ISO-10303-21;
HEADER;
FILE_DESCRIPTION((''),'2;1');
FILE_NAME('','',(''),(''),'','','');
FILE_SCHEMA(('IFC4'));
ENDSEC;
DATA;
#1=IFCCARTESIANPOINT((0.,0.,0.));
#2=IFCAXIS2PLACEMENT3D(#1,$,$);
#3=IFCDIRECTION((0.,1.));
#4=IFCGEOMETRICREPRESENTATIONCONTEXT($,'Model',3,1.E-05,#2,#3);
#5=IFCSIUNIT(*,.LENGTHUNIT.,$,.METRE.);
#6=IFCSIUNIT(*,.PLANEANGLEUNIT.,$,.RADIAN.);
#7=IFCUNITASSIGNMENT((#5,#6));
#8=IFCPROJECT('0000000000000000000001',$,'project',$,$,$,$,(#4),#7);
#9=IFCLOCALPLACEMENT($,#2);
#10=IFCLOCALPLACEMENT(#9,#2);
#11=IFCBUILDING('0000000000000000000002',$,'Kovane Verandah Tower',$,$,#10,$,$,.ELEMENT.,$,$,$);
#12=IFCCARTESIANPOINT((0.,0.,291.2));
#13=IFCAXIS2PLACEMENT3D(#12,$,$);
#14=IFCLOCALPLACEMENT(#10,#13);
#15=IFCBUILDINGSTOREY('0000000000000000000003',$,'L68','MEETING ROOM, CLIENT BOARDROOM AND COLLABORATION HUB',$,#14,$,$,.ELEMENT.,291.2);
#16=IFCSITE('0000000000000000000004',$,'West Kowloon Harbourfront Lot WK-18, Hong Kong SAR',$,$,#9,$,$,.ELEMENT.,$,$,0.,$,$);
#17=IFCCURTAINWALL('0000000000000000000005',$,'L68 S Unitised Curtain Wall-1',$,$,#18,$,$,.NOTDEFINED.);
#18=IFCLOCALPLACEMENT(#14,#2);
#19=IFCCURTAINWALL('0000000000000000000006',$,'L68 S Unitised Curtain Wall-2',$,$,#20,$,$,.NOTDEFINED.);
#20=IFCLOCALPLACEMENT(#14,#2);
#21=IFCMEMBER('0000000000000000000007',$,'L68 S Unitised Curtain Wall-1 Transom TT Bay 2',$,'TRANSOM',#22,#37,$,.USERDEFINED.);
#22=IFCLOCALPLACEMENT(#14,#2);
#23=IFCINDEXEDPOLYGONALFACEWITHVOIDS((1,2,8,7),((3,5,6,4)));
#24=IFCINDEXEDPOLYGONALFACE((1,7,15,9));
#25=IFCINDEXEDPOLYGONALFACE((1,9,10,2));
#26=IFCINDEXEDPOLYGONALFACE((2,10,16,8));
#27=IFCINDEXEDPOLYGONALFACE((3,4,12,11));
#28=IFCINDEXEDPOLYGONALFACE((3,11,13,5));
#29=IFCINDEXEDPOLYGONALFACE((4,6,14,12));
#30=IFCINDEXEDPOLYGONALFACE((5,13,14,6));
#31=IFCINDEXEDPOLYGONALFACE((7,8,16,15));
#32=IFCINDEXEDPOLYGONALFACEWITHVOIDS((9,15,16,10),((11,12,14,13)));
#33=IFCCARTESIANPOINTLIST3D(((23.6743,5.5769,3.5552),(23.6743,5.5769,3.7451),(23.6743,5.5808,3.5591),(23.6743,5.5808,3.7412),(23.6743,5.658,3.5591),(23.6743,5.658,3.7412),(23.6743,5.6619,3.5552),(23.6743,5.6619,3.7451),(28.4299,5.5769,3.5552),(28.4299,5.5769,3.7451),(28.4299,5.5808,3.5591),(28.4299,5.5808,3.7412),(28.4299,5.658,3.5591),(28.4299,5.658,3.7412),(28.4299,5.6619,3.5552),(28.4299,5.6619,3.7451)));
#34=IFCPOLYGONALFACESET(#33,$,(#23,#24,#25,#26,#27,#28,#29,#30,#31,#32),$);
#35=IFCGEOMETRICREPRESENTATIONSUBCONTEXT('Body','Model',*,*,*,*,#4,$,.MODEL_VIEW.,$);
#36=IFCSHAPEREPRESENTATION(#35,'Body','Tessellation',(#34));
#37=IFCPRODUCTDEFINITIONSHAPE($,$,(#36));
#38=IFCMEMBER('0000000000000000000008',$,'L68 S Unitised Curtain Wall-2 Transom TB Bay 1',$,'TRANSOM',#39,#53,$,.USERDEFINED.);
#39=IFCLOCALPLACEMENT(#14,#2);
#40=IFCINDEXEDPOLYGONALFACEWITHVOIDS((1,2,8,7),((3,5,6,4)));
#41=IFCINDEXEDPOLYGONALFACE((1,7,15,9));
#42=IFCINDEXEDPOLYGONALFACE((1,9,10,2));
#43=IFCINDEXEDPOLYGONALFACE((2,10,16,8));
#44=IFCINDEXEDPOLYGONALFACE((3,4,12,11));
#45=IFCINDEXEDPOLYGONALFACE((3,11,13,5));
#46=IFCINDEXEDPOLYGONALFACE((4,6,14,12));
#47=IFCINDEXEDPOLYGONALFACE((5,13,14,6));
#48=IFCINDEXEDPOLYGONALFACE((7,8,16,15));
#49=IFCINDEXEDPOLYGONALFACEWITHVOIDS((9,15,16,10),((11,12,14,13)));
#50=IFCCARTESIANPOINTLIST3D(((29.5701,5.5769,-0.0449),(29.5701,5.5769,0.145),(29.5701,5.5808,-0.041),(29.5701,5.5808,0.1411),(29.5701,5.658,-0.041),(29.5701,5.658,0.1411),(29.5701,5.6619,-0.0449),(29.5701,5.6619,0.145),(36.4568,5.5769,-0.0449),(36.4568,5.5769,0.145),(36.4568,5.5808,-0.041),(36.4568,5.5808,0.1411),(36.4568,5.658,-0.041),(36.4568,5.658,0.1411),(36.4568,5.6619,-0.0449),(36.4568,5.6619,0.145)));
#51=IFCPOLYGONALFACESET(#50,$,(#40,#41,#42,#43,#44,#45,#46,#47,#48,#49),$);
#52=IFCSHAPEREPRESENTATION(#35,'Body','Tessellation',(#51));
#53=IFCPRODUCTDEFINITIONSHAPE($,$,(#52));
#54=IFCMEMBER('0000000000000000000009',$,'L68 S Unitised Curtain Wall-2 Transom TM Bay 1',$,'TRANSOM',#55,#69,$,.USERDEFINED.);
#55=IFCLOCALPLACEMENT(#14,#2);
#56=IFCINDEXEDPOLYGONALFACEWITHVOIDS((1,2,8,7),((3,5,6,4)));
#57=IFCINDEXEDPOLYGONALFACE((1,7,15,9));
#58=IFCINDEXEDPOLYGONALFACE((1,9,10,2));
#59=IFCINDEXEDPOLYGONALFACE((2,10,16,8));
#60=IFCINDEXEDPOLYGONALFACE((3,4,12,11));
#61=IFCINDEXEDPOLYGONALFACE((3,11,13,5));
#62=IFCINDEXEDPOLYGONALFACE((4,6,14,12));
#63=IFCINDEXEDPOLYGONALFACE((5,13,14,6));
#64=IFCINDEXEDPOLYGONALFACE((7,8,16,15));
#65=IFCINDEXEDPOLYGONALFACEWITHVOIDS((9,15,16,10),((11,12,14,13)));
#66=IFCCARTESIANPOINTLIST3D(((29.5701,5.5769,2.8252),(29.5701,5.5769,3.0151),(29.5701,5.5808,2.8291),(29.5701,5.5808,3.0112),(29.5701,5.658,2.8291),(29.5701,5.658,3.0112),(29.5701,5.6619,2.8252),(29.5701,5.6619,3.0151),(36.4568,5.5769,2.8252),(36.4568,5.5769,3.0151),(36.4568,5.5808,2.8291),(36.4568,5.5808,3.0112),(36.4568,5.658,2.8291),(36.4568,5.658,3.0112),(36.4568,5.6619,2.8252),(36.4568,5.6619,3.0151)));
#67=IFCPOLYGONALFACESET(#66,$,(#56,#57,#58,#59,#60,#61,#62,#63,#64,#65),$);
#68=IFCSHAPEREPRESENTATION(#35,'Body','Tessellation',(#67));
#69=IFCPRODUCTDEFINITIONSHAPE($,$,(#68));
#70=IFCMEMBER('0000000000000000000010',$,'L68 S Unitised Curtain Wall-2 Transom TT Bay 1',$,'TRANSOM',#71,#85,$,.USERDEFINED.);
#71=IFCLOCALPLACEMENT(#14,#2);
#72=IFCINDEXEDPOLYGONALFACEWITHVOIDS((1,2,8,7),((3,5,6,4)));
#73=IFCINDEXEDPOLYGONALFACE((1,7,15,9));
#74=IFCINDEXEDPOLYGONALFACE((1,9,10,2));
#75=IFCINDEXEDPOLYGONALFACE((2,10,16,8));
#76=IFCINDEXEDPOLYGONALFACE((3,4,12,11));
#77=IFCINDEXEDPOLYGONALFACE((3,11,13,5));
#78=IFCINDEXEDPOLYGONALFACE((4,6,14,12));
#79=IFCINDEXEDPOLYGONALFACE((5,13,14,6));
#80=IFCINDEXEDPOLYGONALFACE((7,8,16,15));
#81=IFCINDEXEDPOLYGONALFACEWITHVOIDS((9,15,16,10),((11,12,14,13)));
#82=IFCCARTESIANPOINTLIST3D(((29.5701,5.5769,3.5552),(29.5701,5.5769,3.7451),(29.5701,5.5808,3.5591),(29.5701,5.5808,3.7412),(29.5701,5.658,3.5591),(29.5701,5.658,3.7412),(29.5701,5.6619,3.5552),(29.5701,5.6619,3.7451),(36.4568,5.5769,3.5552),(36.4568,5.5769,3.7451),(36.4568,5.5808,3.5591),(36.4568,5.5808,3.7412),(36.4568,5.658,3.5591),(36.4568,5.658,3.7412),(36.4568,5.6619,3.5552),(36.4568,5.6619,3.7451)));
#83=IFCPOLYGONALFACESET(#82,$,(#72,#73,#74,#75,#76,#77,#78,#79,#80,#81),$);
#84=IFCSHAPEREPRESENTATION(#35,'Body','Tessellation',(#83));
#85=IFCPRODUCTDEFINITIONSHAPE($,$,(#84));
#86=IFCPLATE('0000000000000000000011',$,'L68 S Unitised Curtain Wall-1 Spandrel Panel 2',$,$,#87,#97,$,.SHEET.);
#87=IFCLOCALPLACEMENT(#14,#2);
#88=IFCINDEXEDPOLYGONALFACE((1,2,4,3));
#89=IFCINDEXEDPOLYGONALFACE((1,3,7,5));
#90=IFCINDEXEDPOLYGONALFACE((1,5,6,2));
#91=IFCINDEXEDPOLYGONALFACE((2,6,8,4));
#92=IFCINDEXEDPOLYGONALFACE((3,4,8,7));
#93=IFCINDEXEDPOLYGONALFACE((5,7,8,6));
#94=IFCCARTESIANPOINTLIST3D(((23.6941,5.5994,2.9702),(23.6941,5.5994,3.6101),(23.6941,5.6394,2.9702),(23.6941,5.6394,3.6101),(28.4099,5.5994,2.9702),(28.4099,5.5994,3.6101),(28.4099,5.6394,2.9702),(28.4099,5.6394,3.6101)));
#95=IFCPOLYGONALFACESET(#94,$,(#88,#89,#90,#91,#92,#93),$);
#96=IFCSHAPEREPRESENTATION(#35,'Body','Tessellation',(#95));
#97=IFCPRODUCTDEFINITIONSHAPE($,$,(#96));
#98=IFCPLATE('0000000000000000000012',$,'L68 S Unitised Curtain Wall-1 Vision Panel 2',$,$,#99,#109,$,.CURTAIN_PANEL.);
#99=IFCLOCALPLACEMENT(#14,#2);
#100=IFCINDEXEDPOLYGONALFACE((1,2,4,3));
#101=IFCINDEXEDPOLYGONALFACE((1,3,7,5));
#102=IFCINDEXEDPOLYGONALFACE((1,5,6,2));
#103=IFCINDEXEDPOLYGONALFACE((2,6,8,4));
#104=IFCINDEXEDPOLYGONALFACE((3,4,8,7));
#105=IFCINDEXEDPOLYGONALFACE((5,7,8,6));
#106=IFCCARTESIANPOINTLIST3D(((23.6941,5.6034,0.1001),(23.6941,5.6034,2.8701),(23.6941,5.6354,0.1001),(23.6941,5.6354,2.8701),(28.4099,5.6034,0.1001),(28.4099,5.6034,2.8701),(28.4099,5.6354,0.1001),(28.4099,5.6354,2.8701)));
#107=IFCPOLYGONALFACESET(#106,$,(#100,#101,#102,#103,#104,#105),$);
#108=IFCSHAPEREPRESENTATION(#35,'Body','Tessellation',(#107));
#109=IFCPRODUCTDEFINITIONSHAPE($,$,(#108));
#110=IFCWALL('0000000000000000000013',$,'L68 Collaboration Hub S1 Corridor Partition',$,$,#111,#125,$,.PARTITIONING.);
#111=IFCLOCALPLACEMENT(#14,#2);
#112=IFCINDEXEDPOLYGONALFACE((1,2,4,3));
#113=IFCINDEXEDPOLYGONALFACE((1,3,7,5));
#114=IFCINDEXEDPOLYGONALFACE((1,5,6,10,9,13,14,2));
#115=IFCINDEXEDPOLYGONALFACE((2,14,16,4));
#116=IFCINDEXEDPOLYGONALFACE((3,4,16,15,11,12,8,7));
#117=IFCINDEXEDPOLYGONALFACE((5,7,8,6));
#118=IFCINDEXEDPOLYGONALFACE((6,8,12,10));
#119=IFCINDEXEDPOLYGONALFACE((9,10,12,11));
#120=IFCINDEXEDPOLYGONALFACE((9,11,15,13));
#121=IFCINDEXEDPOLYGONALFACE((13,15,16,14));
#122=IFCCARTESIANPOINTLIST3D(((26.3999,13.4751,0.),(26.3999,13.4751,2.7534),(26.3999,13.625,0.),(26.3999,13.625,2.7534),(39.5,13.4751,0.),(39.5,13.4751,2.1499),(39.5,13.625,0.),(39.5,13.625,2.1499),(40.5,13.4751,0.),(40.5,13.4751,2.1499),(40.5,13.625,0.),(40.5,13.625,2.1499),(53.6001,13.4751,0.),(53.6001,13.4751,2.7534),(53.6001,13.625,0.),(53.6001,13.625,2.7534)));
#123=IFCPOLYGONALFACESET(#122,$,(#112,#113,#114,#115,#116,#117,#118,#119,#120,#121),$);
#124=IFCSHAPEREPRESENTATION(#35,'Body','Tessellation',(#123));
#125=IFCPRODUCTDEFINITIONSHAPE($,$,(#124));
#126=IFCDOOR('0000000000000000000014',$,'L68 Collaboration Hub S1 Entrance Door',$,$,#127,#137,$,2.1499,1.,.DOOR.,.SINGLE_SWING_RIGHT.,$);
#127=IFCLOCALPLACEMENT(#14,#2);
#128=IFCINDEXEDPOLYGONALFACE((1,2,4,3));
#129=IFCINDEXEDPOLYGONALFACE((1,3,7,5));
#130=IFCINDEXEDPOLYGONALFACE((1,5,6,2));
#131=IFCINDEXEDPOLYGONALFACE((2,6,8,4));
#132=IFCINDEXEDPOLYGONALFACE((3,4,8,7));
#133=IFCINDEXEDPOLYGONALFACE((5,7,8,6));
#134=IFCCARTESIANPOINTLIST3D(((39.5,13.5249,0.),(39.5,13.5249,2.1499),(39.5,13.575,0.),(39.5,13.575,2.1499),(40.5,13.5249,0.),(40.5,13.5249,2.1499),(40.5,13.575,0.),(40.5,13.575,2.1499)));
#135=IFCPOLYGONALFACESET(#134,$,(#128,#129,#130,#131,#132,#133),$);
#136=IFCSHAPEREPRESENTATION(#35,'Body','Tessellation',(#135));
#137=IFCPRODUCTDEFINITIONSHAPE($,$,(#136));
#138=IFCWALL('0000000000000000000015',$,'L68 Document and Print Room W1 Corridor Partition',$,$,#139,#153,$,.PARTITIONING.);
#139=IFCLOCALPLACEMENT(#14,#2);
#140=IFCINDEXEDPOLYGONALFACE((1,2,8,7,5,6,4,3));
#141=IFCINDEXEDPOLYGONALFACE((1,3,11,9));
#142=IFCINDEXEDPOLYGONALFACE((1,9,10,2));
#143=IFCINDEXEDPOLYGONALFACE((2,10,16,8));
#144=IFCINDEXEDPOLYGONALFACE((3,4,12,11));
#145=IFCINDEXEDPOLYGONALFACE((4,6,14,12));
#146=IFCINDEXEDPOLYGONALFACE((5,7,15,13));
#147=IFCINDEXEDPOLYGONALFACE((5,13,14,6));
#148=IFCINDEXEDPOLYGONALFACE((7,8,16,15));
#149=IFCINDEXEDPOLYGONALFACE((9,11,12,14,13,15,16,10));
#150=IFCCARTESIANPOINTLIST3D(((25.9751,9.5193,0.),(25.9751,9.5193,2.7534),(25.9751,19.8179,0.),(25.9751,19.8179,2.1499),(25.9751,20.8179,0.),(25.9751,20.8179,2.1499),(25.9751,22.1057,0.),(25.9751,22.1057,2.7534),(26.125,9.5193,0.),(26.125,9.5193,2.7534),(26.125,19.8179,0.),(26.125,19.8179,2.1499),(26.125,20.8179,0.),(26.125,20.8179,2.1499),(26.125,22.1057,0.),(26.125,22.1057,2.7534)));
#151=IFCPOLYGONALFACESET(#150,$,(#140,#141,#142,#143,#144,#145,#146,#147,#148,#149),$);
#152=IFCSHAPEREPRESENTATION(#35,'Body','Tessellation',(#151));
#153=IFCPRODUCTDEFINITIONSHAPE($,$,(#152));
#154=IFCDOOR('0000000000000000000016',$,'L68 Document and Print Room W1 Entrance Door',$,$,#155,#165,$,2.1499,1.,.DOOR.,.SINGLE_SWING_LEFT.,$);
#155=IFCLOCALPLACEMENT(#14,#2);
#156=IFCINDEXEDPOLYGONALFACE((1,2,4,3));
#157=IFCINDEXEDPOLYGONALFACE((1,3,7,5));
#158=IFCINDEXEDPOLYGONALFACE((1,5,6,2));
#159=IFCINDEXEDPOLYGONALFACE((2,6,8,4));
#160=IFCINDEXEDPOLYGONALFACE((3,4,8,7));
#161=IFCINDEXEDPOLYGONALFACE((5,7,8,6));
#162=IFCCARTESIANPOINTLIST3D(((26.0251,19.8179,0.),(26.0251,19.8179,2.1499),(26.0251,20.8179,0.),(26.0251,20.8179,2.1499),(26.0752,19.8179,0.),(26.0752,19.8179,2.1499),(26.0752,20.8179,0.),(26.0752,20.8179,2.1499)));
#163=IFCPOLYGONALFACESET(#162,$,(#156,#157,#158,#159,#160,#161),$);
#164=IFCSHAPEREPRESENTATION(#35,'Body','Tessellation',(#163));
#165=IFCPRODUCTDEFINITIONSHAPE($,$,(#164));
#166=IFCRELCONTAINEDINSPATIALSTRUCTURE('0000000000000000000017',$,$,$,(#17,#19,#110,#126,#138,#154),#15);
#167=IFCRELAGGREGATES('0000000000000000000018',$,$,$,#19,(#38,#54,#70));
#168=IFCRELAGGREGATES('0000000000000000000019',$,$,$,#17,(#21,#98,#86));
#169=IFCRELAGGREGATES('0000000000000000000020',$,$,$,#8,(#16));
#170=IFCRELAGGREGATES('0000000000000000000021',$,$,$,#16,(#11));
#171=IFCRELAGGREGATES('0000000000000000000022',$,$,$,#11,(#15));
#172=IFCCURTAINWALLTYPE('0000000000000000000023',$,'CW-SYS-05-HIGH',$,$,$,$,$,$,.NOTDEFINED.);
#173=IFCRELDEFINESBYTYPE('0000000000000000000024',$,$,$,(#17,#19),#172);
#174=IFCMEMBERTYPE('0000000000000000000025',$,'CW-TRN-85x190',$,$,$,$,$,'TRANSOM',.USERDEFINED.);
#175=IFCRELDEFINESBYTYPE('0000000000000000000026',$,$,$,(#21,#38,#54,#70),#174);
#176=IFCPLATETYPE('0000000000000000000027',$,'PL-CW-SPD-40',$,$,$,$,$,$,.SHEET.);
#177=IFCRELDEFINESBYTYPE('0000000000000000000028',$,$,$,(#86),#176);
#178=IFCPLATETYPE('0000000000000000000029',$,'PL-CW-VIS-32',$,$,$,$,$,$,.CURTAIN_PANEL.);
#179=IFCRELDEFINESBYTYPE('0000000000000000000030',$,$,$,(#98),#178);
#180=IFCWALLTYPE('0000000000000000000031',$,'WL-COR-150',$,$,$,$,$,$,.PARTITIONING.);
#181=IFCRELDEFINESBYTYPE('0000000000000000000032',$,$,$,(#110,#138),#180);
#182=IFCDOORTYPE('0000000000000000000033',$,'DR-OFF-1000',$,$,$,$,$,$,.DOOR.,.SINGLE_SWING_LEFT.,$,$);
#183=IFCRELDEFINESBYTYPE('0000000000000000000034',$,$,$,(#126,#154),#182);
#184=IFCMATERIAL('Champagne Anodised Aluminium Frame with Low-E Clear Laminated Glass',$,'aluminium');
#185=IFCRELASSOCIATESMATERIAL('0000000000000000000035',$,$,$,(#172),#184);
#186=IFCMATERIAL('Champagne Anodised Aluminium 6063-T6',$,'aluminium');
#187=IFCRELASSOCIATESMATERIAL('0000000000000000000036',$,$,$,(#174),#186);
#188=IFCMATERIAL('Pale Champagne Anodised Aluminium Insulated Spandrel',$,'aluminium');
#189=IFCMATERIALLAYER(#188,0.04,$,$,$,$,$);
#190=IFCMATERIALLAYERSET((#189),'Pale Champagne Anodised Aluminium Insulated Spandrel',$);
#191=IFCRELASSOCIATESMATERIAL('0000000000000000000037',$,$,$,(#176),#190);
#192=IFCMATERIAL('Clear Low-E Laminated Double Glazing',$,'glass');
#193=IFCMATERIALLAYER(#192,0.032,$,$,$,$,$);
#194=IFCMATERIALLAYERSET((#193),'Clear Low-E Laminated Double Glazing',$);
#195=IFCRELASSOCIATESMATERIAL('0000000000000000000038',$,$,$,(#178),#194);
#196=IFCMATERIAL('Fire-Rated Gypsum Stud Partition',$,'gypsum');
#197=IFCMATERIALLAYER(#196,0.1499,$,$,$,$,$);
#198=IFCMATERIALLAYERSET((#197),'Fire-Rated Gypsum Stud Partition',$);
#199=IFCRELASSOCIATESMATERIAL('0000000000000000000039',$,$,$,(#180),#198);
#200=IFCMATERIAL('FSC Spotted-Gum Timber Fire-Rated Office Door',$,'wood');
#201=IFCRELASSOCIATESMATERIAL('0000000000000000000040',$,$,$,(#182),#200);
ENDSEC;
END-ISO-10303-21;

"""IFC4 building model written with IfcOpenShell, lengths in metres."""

from ifc_helpers import new_model, si_unit, direction, frame, frame_2d, origin, origin_2d, place, context, subcontext, project, spatial, rectangle, hollow_rectangle, extrude, material, layer, layer_set, material_profile, profile_set, type_object, element, fill, aggregate, save


model = new_model("IFC4")

# Units and contexts
model_context = context("Model", 3, precision=1e-05, world=origin(), true_north=direction((0.0, 1.0)))
body_context = subcontext(model_context, "Body", "Model", "MODEL_VIEW")
ifc_project = project(units=[si_unit("LENGTHUNIT", "METRE"), si_unit("PLANEANGLEUNIT", "RADIAN")], contexts=[model_context])

# Site, building, storey
site_placement = place(None, origin())
site = spatial("IfcSite", under=ifc_project, at=site_placement, Name="West Kowloon Harbourfront Lot WK-18, Hong Kong SAR", CompositionType="ELEMENT", RefElevation=0.0)
building_placement = place(site_placement, origin())
building = spatial("IfcBuilding", under=site, at=building_placement, Name="Kovane Verandah Tower", CompositionType="ELEMENT")
storey_placement = place(building_placement, frame((0.0, 0.0, 291.2)))
storey = spatial("IfcBuildingStorey", under=building, at=storey_placement, Name="L68", Description="MEETING ROOM, CLIENT BOARDROOM AND COLLABORATION HUB", CompositionType="ELEMENT", Elevation=291.2)

# Curtain wall
ifc_material_1 = material(Name="Champagne Anodised Aluminium Frame with Low-E Clear Laminated Glass", Category="aluminium")
curtain_wall_type = type_object("IfcCurtainWallType", Name="CW-SYS-05-HIGH", PredefinedType="NOTDEFINED", material=ifc_material_1)
curtain_wall_1_placement = place(storey_placement, origin())
curtain_wall_1 = element("IfcCurtainWall", 1, at=curtain_wall_1_placement, inside=storey, type_object=curtain_wall_type, Name="L68 S Unitised Curtain Wall-1", PredefinedType="NOTDEFINED")
ifc_material_2 = material(Name="Champagne Anodised Aluminium 6063-T6", Category="aluminium")

# Curtain wall
curtain_wall_2_placement = place(storey_placement, origin())
curtain_wall_2 = element("IfcCurtainWall", 2, at=curtain_wall_2_placement, inside=storey, type_object=curtain_wall_type, Name="L68 S Unitised Curtain Wall-2", PredefinedType="NOTDEFINED")

# Members
ifc_material_profile_1 = material_profile(ifc_material_2, hollow_rectangle(XDim=0.085, YDim=0.1899, WallThickness=0.0039, at=origin_2d()), Name="AL85x190x4")
ifc_profile_set_1 = profile_set([ifc_material_profile_1], Name="Champagne Anodised Aluminium 6063-T6")
member_type_1 = type_object("IfcMemberType", Name="CW-TRN-85x190", ElementType="TRANSOM", PredefinedType="USERDEFINED", material=ifc_profile_set_1)
member_1_placement = place(storey_placement, frame((23.6743, 5.6194, 3.6501), z_axis=(1.0, 0.0, 0.0), x_axis=(0.0, 1.0, 0.0)))
member_1 = element("IfcMember", 3, at=member_1_placement, type_object=member_type_1, Name="L68 S Unitised Curtain Wall-1 Transom TT Bay 2", ObjectType="TRANSOM", PredefinedType="USERDEFINED", context=body_context, shape_type="SweptSolid", body=[
    extrude(hollow_rectangle(XDim=0.085, YDim=0.1899, WallThickness=0.0039, at=origin_2d()), origin(), (0.0, 0.0, 1.0), 4.7556),
])
member_2_placement = place(storey_placement, frame((29.5701, 5.6194, 0.05), z_axis=(1.0, 0.0, 0.0), x_axis=(0.0, 1.0, 0.0)))
member_2 = element("IfcMember", 4, at=member_2_placement, type_object=member_type_1, Name="L68 S Unitised Curtain Wall-2 Transom TB Bay 1", ObjectType="TRANSOM", PredefinedType="USERDEFINED", context=body_context, shape_type="SweptSolid", body=[
    extrude(hollow_rectangle(XDim=0.085, YDim=0.1899, WallThickness=0.0039, at=origin_2d()), origin(), (0.0, 0.0, 1.0), 6.8867),
])
member_3_placement = place(storey_placement, frame((29.5701, 5.6194, 2.9202), z_axis=(1.0, 0.0, 0.0), x_axis=(0.0, 1.0, 0.0)))
member_3 = element("IfcMember", 5, at=member_3_placement, type_object=member_type_1, Name="L68 S Unitised Curtain Wall-2 Transom TM Bay 1", ObjectType="TRANSOM", PredefinedType="USERDEFINED", context=body_context, shape_type="SweptSolid", body=[
    extrude(hollow_rectangle(XDim=0.085, YDim=0.1899, WallThickness=0.0039, at=origin_2d()), origin(), (0.0, 0.0, 1.0), 6.8867),
])
member_4_placement = place(storey_placement, frame((29.5701, 5.6194, 3.6501), z_axis=(1.0, 0.0, 0.0), x_axis=(0.0, 1.0, 0.0)))
member_4 = element("IfcMember", 6, at=member_4_placement, type_object=member_type_1, Name="L68 S Unitised Curtain Wall-2 Transom TT Bay 1", ObjectType="TRANSOM", PredefinedType="USERDEFINED", context=body_context, shape_type="SweptSolid", body=[
    extrude(hollow_rectangle(XDim=0.085, YDim=0.1899, WallThickness=0.0039, at=origin_2d()), origin(), (0.0, 0.0, 1.0), 6.8867),
])
aggregate(curtain_wall_2, [member_2, member_3, member_4])

# Plates
ifc_material_3 = material(Name="Pale Champagne Anodised Aluminium Insulated Spandrel", Category="aluminium")
ifc_layer_1 = layer(ifc_material_3, 0.04)
ifc_layer_set_1 = layer_set([ifc_layer_1], Name="Pale Champagne Anodised Aluminium Insulated Spandrel")
plate_type_1 = type_object("IfcPlateType", Name="PL-CW-SPD-40", PredefinedType="SHEET", material=ifc_layer_set_1)
plate_1_placement = place(storey_placement, frame((26.052, 5.6194, 2.9702), z_axis=(0.0, 0.0, 1.0), x_axis=(1.0, 0.0, 0.0)))
plate_1 = element("IfcPlate", 7, at=plate_1_placement, type_object=plate_type_1, Name="L68 S Unitised Curtain Wall-1 Spandrel Panel 2", PredefinedType="SHEET", context=body_context, shape_type="SweptSolid", body=[
    extrude(rectangle(XDim=4.7158, YDim=0.04, at=origin_2d()), origin(), (0.0, 0.0, 1.0), 0.6399),
])
ifc_material_4 = material(Name="Clear Low-E Laminated Double Glazing", Category="glass")
ifc_layer_2 = layer(ifc_material_4, 0.032)
ifc_layer_set_2 = layer_set([ifc_layer_2], Name="Clear Low-E Laminated Double Glazing")
plate_type_2 = type_object("IfcPlateType", Name="PL-CW-VIS-32", PredefinedType="CURTAIN_PANEL", material=ifc_layer_set_2)
plate_2_placement = place(storey_placement, frame((26.052, 5.6194, 0.1001), z_axis=(0.0, 0.0, 1.0), x_axis=(1.0, 0.0, 0.0)))
plate_2 = element("IfcPlate", 8, at=plate_2_placement, type_object=plate_type_2, Name="L68 S Unitised Curtain Wall-1 Vision Panel 2", PredefinedType="CURTAIN_PANEL", context=body_context, shape_type="SweptSolid", body=[
    extrude(rectangle(XDim=4.7158, YDim=0.032, at=origin_2d()), origin(), (0.0, 0.0, 1.0), 2.77),
])
aggregate(curtain_wall_1, [member_1, plate_2, plate_1])

# Walls, openings, doors
ifc_material_5 = material(Name="Fire-Rated Gypsum Stud Partition", Category="gypsum")
ifc_layer_3 = layer(ifc_material_5, 0.1499)
ifc_layer_set_3 = layer_set([ifc_layer_3], Name="Fire-Rated Gypsum Stud Partition")
wall_type = type_object("IfcWallType", Name="WL-COR-150", PredefinedType="PARTITIONING", material=ifc_layer_set_3)
wall_1_placement = place(storey_placement, frame((26.3999, 13.55, 0.0), z_axis=(0.0, 0.0, 1.0), x_axis=(1.0, 0.0, 0.0)))
wall_1 = element("IfcWall", 9, at=wall_1_placement, inside=storey, type_object=wall_type, Name="L68 Collaboration Hub S1 Corridor Partition", PredefinedType="PARTITIONING", context=body_context, shape_type="SweptSolid", body=[
    extrude(rectangle(XDim=27.2002, YDim=0.1499, at=frame_2d((13.6001, 0.0))), origin(), (0.0, 0.0, 1.0), 2.7534),
])
opening_1_placement = place(wall_1_placement, frame((13.1001, 0.0, 0.0)))
opening_1 = element("IfcOpeningElement", 10, at=opening_1_placement, cuts=wall_1, PredefinedType="OPENING", context=body_context, shape_type="SweptSolid", body=[
    extrude(rectangle(XDim=1.0, YDim=2.1499, at=frame_2d((0.5, 1.075))), frame((0.0, 0.075, 0.0), z_axis=(0.0, -1.0, 0.0), x_axis=(1.0, 0.0, 0.0)), (0.0, 0.0, 1.0), 0.1499),
])
ifc_material_6 = material(Name="FSC Spotted-Gum Timber Fire-Rated Office Door", Category="wood")
door_type = type_object("IfcDoorType", Name="DR-OFF-1000", OperationType="SINGLE_SWING_LEFT", PredefinedType="DOOR", material=ifc_material_6)
door_1_placement = place(opening_1_placement, origin())
door_1 = element("IfcDoor", 11, at=door_1_placement, inside=storey, type_object=door_type, Name="L68 Collaboration Hub S1 Entrance Door", OperationType="SINGLE_SWING_RIGHT", OverallHeight=2.1499, OverallWidth=1.0, PredefinedType="DOOR", context=body_context, shape_type="SweptSolid", body=[
    extrude(rectangle(XDim=1.0, YDim=2.1499, at=frame_2d((0.5, 1.075))), frame((0.0, 0.0249, 0.0), z_axis=(0.0, -1.0, 0.0), x_axis=(1.0, 0.0, 0.0)), (0.0, 0.0, 1.0), 0.05),
])
fill(opening_1, door_1)
wall_2_placement = place(storey_placement, frame((26.05, 9.5193, 0.0), z_axis=(0.0, 0.0, 1.0), x_axis=(0.0, 1.0, 0.0)))
wall_2 = element("IfcWall", 12, at=wall_2_placement, inside=storey, type_object=wall_type, Name="L68 Document and Print Room W1 Corridor Partition", PredefinedType="PARTITIONING", context=body_context, shape_type="SweptSolid", body=[
    extrude(rectangle(XDim=12.5864, YDim=0.1499, at=frame_2d((6.2932, 0.0))), origin(), (0.0, 0.0, 1.0), 2.7534),
])
opening_2_placement = place(wall_2_placement, frame((10.2986, 0.0, 0.0)))
opening_2 = element("IfcOpeningElement", 13, at=opening_2_placement, cuts=wall_2, PredefinedType="OPENING", context=body_context, shape_type="SweptSolid", body=[
    extrude(rectangle(XDim=1.0, YDim=2.1499, at=frame_2d((0.5, 1.075))), frame((0.0, 0.075, 0.0), z_axis=(0.0, -1.0, 0.0), x_axis=(1.0, 0.0, 0.0)), (0.0, 0.0, 1.0), 0.1499),
])
door_2_placement = place(opening_2_placement, origin())
door_2 = element("IfcDoor", 14, at=door_2_placement, inside=storey, type_object=door_type, Name="L68 Document and Print Room W1 Entrance Door", OperationType="SINGLE_SWING_LEFT", OverallHeight=2.1499, OverallWidth=1.0, PredefinedType="DOOR", context=body_context, shape_type="SweptSolid", body=[
    extrude(rectangle(XDim=1.0, YDim=2.1499, at=frame_2d((0.5, 1.075))), frame((0.0, 0.0249, 0.0), z_axis=(0.0, -1.0, 0.0), x_axis=(1.0, 0.0, 0.0)), (0.0, 0.0, 1.0), 0.05),
])
fill(opening_2, door_2)

save(model, "model.ifc")
